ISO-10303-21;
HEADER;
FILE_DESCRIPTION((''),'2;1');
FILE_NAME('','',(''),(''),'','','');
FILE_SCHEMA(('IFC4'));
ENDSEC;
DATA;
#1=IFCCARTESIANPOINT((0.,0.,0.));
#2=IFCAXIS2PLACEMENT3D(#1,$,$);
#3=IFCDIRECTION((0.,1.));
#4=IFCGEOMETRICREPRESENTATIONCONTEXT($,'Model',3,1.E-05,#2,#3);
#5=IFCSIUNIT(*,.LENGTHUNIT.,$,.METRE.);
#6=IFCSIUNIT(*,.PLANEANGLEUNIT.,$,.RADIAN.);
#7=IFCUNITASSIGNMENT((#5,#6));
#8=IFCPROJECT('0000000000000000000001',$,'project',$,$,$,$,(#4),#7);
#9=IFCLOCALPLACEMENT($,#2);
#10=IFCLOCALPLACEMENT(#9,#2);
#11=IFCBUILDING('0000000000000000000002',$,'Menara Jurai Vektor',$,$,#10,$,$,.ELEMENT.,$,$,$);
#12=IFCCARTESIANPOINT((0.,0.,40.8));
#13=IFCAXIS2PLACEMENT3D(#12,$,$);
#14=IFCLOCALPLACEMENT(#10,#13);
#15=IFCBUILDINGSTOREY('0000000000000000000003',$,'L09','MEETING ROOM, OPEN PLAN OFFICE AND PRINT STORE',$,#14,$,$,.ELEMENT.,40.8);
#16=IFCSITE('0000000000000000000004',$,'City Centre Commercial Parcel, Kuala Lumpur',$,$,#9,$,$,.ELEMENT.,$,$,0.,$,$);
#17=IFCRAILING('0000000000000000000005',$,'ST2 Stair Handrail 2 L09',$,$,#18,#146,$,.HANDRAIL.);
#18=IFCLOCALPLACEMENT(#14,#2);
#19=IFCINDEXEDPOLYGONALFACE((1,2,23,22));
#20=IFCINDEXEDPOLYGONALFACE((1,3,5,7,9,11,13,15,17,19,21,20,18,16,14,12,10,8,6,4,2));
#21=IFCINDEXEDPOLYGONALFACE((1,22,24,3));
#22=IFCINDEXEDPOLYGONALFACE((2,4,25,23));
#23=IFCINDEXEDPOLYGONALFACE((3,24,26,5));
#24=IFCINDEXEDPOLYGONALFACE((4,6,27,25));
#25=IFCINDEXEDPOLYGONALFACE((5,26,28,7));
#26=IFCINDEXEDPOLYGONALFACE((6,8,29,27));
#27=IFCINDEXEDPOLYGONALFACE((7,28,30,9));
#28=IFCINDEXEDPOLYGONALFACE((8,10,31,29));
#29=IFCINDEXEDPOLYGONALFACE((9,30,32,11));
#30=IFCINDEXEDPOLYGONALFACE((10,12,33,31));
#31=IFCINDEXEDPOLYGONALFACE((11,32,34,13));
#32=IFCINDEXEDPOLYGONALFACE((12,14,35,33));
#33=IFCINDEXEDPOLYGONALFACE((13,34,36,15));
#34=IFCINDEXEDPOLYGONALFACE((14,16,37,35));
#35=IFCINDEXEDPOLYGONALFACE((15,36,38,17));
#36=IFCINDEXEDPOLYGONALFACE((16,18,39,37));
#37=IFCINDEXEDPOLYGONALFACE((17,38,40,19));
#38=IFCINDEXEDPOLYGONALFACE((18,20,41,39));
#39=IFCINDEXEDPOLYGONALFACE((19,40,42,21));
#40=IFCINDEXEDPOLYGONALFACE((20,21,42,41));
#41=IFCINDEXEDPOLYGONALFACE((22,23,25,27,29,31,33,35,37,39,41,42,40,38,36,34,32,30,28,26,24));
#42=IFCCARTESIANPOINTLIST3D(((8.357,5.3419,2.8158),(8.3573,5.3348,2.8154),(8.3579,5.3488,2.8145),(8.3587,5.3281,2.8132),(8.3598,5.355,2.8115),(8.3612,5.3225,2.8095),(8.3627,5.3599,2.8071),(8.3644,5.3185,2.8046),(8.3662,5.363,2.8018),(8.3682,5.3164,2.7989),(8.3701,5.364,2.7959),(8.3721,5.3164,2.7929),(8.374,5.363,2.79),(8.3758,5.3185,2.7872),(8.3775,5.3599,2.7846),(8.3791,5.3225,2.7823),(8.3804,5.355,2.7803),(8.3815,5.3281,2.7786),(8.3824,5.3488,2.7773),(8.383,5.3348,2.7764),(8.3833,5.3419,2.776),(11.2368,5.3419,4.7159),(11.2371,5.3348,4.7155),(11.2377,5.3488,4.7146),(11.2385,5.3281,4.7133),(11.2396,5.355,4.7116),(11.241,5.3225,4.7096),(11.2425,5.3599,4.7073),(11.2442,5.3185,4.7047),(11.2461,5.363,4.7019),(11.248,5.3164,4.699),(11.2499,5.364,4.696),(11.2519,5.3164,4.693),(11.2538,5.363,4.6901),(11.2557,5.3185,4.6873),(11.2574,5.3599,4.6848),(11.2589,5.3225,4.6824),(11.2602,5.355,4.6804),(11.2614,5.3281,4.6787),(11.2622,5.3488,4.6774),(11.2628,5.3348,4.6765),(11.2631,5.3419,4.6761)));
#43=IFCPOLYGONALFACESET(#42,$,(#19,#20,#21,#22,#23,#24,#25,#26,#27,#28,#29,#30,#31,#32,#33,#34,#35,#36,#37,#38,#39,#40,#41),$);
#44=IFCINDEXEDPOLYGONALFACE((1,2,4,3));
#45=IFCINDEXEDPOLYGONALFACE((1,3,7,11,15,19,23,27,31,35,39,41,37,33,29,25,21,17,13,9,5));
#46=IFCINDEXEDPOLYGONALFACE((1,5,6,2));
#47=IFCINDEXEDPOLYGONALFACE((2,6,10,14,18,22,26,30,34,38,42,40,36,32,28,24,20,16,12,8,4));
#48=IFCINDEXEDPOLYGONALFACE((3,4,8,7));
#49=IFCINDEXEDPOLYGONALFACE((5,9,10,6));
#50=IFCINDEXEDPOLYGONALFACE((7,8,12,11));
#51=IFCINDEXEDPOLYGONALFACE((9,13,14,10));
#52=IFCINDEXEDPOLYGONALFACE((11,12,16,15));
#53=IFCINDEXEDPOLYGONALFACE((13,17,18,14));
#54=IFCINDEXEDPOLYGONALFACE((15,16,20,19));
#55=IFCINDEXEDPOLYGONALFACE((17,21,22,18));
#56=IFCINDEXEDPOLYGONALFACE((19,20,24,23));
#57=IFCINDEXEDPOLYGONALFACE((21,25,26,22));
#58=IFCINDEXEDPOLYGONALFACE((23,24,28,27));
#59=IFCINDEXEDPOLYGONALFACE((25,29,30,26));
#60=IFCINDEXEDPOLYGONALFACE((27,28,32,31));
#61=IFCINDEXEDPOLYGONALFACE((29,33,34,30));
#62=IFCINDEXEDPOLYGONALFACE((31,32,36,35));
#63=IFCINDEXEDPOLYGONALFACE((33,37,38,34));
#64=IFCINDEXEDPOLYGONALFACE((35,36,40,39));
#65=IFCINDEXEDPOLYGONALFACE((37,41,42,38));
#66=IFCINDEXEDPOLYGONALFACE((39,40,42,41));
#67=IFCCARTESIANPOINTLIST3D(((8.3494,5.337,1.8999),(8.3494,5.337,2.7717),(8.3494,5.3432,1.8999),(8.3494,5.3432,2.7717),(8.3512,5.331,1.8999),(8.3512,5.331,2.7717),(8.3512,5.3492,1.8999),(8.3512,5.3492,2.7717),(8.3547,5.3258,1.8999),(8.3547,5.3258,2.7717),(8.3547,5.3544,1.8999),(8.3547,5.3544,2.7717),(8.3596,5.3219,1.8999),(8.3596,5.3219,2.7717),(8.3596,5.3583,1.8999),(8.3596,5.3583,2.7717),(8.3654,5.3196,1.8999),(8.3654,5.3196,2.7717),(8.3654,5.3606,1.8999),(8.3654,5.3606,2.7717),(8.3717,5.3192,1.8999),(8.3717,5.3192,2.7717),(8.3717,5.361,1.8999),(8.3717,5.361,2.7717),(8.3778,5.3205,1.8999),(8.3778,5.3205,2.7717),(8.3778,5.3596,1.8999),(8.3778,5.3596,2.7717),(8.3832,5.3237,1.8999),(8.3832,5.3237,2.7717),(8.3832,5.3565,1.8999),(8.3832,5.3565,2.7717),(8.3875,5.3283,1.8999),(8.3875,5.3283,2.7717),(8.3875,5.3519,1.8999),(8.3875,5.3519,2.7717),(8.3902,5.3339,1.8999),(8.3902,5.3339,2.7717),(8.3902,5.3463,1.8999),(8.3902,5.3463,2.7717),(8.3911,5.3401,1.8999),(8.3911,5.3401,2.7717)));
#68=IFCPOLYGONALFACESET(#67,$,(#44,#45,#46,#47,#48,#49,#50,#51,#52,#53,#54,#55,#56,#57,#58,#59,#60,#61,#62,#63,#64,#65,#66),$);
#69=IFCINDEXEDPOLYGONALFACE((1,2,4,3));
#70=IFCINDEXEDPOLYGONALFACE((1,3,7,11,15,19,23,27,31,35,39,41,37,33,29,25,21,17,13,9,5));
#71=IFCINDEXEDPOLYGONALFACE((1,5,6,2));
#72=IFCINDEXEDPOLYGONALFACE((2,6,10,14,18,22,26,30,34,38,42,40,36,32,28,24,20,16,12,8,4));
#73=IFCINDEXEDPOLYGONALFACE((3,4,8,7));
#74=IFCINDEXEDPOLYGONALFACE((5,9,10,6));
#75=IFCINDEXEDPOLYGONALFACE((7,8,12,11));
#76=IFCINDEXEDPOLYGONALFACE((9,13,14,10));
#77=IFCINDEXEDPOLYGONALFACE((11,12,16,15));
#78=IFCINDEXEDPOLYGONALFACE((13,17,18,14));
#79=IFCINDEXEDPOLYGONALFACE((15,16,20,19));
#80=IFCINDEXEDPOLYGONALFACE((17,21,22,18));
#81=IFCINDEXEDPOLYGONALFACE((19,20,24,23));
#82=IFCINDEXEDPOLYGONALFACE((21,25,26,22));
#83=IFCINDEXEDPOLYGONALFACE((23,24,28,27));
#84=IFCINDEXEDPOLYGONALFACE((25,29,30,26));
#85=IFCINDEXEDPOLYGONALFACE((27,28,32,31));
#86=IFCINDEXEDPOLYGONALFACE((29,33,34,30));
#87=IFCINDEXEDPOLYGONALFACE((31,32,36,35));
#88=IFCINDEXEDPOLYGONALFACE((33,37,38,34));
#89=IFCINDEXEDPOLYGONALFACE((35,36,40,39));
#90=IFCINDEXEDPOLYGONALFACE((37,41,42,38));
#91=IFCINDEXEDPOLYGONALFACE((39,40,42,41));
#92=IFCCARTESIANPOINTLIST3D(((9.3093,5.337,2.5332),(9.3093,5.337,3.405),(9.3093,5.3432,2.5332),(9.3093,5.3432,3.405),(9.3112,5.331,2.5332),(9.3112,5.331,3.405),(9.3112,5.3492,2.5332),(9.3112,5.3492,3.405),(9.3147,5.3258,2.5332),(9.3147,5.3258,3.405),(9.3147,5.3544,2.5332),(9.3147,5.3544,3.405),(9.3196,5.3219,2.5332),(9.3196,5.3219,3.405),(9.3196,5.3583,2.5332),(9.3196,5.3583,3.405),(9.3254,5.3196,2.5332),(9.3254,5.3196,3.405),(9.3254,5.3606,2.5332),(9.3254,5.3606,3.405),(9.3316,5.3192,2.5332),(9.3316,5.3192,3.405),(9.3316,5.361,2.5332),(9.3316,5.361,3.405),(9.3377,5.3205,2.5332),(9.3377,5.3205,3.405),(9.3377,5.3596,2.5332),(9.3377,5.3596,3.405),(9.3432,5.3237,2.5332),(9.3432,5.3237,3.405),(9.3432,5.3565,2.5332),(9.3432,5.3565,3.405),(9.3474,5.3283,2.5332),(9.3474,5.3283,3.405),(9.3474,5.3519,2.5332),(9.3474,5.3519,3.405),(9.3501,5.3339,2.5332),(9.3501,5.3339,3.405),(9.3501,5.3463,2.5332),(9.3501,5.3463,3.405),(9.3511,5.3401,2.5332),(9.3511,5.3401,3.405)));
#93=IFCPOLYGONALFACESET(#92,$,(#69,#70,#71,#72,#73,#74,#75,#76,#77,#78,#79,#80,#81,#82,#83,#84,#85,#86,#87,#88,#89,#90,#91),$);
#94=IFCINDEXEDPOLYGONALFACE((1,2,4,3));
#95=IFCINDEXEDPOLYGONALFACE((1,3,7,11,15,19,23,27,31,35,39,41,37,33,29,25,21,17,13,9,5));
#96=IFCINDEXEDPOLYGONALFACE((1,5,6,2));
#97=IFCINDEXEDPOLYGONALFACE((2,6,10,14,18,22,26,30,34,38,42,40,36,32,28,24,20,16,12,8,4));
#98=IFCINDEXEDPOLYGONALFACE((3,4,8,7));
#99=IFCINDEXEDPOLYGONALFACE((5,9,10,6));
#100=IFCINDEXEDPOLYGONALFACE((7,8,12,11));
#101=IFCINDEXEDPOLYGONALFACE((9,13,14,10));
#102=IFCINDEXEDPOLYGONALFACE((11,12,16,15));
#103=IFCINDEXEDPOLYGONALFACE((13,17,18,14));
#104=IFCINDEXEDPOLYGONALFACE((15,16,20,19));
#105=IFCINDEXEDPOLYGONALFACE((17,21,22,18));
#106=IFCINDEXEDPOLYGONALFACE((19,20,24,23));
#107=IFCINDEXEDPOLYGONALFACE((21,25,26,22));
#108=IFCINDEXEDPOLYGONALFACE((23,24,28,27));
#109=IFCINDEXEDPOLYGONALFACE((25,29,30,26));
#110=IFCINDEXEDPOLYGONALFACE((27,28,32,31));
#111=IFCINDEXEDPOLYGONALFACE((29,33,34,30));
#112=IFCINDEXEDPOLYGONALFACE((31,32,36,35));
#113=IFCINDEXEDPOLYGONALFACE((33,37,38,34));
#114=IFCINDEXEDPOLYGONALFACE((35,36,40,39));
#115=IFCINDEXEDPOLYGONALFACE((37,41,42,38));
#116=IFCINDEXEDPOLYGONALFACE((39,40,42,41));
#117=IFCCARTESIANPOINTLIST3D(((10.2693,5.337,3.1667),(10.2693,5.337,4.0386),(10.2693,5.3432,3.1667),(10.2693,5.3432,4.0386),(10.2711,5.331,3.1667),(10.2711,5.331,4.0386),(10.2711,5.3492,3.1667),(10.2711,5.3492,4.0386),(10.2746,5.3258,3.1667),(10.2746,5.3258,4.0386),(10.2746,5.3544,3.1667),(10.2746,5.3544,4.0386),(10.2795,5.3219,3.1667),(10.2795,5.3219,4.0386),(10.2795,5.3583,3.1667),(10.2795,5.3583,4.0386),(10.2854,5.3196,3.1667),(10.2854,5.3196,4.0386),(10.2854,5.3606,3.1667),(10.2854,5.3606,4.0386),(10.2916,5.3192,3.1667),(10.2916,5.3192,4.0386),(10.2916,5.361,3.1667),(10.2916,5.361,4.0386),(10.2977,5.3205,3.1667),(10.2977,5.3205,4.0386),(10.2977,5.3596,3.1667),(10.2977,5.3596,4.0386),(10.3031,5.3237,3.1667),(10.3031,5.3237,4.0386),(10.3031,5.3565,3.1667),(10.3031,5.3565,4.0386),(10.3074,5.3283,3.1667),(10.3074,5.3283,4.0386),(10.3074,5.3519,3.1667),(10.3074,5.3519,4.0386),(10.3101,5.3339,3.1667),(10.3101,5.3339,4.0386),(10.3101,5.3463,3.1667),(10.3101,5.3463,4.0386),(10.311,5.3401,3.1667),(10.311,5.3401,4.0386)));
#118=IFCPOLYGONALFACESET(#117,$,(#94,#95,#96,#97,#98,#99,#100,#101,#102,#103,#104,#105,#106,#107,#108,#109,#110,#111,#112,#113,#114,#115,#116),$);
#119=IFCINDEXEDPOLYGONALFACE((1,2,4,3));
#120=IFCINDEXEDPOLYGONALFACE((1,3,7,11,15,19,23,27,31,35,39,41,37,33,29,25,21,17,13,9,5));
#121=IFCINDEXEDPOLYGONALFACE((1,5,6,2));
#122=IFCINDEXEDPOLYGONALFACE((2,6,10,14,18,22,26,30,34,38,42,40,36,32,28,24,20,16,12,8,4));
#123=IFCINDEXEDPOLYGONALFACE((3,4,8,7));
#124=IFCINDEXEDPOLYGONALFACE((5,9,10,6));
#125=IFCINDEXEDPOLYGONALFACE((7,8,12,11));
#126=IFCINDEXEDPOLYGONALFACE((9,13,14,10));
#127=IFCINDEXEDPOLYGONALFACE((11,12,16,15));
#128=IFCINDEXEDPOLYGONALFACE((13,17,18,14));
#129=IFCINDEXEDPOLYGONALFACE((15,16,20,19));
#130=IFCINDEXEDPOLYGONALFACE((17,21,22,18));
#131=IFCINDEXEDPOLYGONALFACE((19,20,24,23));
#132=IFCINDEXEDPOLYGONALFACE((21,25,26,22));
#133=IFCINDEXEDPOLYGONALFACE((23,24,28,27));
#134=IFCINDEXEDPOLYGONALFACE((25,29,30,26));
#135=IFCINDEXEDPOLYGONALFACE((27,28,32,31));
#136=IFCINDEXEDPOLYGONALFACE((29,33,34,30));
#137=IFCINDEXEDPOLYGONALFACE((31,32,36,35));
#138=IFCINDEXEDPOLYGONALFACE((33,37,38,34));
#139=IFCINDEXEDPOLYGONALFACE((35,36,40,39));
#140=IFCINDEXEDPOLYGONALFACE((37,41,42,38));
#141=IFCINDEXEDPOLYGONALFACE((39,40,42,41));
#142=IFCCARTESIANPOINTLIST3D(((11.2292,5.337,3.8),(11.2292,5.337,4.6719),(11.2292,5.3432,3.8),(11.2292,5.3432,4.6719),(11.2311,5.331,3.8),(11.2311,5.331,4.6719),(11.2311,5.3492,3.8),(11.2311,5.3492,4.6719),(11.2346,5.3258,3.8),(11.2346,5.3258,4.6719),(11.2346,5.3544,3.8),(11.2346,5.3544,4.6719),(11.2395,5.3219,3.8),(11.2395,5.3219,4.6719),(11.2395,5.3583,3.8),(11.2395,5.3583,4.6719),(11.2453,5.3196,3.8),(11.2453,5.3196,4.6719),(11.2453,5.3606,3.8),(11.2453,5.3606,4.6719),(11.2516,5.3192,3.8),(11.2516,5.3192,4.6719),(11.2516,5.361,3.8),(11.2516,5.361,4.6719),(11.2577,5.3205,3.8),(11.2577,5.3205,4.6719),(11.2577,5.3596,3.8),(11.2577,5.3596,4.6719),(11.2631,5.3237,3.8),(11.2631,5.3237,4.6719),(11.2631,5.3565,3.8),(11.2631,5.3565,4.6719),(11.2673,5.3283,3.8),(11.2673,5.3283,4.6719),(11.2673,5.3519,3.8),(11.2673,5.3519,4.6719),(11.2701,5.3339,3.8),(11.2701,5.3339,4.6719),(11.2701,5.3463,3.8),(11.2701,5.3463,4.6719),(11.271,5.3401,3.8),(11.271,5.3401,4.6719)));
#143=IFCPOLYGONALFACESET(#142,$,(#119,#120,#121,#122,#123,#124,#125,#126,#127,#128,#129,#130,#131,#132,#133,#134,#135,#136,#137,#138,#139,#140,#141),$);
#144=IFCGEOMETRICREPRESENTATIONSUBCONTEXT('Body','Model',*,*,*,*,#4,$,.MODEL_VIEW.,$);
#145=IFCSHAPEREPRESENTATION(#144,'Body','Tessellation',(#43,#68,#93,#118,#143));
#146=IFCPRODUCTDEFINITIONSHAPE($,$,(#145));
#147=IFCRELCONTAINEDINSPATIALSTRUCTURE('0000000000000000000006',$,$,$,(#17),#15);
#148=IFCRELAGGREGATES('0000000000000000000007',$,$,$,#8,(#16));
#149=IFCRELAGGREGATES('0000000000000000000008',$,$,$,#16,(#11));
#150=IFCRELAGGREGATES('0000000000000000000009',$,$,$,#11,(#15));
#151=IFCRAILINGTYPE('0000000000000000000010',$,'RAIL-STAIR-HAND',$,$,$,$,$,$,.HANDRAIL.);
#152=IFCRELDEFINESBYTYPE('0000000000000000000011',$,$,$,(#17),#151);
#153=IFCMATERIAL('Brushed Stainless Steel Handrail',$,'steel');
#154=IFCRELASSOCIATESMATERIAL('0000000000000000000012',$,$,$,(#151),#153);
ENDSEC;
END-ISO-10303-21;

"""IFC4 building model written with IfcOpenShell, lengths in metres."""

from ifc_helpers import new_model, si_unit, direction, frame, origin, origin_2d, place, context, subcontext, project, spatial, circle, extrude, material, type_object, element, save


model = new_model("IFC4")

# Units and contexts
model_context = context("Model", 3, precision=1e-05, world=origin(), true_north=direction((0.0, 1.0)))
body_context = subcontext(model_context, "Body", "Model", "MODEL_VIEW")
ifc_project = project(units=[si_unit("LENGTHUNIT", "METRE"), si_unit("PLANEANGLEUNIT", "RADIAN")], contexts=[model_context])

# Site, building, storey
site_placement = place(None, origin())
site = spatial("IfcSite", under=ifc_project, at=site_placement, Name="City Centre Commercial Parcel, Kuala Lumpur", CompositionType="ELEMENT", RefElevation=0.0)
building_placement = place(site_placement, origin())
building = spatial("IfcBuilding", under=site, at=building_placement, Name="Menara Jurai Vektor", CompositionType="ELEMENT")
storey_placement = place(building_placement, frame((0.0, 0.0, 40.8)))
storey = spatial("IfcBuildingStorey", under=building, at=storey_placement, Name="L09", Description="MEETING ROOM, OPEN PLAN OFFICE AND PRINT STORE", CompositionType="ELEMENT", Elevation=40.8)

# Railing
ifc_material_1 = material(Name="Brushed Stainless Steel Handrail", Category="steel")
railing_type_1 = type_object("IfcRailingType", Name="RAIL-STAIR-HAND", PredefinedType="HANDRAIL", material=ifc_material_1)
railing_1_placement = place(storey_placement, frame((8.3701, 5.3401, 1.8999)))
element("IfcRailing", 1, at=railing_1_placement, inside=storey, type_object=railing_type_1, Name="ST2 Stair Handrail 2 L09", PredefinedType="HANDRAIL", context=body_context, shape_type="SweptSolid", body=[
    extrude(circle(Radius=0.0239, at=origin_2d()), frame((0.0, 0.0, 0.896), z_axis=(0.834686, 0.0, 0.550726), x_axis=(0.0, 1.0, 0.0)), (0.0, 0.0, 1.0), 3.4502),
    extrude(circle(Radius=0.021, at=origin_2d()), origin(), (0.0, 0.0, 1.0), 0.8718),
    extrude(circle(Radius=0.021, at=origin_2d()), frame((0.96, 0.0, 0.6333)), (0.0, 0.0, 1.0), 0.8718),
    extrude(circle(Radius=0.021, at=origin_2d()), frame((1.9199, 0.0, 1.2668)), (0.0, 0.0, 1.0), 0.8718),
    extrude(circle(Radius=0.021, at=origin_2d()), frame((2.8799, 0.0, 1.9001)), (0.0, 0.0, 1.0), 0.8718),
])

save(model, "model.ifc")
